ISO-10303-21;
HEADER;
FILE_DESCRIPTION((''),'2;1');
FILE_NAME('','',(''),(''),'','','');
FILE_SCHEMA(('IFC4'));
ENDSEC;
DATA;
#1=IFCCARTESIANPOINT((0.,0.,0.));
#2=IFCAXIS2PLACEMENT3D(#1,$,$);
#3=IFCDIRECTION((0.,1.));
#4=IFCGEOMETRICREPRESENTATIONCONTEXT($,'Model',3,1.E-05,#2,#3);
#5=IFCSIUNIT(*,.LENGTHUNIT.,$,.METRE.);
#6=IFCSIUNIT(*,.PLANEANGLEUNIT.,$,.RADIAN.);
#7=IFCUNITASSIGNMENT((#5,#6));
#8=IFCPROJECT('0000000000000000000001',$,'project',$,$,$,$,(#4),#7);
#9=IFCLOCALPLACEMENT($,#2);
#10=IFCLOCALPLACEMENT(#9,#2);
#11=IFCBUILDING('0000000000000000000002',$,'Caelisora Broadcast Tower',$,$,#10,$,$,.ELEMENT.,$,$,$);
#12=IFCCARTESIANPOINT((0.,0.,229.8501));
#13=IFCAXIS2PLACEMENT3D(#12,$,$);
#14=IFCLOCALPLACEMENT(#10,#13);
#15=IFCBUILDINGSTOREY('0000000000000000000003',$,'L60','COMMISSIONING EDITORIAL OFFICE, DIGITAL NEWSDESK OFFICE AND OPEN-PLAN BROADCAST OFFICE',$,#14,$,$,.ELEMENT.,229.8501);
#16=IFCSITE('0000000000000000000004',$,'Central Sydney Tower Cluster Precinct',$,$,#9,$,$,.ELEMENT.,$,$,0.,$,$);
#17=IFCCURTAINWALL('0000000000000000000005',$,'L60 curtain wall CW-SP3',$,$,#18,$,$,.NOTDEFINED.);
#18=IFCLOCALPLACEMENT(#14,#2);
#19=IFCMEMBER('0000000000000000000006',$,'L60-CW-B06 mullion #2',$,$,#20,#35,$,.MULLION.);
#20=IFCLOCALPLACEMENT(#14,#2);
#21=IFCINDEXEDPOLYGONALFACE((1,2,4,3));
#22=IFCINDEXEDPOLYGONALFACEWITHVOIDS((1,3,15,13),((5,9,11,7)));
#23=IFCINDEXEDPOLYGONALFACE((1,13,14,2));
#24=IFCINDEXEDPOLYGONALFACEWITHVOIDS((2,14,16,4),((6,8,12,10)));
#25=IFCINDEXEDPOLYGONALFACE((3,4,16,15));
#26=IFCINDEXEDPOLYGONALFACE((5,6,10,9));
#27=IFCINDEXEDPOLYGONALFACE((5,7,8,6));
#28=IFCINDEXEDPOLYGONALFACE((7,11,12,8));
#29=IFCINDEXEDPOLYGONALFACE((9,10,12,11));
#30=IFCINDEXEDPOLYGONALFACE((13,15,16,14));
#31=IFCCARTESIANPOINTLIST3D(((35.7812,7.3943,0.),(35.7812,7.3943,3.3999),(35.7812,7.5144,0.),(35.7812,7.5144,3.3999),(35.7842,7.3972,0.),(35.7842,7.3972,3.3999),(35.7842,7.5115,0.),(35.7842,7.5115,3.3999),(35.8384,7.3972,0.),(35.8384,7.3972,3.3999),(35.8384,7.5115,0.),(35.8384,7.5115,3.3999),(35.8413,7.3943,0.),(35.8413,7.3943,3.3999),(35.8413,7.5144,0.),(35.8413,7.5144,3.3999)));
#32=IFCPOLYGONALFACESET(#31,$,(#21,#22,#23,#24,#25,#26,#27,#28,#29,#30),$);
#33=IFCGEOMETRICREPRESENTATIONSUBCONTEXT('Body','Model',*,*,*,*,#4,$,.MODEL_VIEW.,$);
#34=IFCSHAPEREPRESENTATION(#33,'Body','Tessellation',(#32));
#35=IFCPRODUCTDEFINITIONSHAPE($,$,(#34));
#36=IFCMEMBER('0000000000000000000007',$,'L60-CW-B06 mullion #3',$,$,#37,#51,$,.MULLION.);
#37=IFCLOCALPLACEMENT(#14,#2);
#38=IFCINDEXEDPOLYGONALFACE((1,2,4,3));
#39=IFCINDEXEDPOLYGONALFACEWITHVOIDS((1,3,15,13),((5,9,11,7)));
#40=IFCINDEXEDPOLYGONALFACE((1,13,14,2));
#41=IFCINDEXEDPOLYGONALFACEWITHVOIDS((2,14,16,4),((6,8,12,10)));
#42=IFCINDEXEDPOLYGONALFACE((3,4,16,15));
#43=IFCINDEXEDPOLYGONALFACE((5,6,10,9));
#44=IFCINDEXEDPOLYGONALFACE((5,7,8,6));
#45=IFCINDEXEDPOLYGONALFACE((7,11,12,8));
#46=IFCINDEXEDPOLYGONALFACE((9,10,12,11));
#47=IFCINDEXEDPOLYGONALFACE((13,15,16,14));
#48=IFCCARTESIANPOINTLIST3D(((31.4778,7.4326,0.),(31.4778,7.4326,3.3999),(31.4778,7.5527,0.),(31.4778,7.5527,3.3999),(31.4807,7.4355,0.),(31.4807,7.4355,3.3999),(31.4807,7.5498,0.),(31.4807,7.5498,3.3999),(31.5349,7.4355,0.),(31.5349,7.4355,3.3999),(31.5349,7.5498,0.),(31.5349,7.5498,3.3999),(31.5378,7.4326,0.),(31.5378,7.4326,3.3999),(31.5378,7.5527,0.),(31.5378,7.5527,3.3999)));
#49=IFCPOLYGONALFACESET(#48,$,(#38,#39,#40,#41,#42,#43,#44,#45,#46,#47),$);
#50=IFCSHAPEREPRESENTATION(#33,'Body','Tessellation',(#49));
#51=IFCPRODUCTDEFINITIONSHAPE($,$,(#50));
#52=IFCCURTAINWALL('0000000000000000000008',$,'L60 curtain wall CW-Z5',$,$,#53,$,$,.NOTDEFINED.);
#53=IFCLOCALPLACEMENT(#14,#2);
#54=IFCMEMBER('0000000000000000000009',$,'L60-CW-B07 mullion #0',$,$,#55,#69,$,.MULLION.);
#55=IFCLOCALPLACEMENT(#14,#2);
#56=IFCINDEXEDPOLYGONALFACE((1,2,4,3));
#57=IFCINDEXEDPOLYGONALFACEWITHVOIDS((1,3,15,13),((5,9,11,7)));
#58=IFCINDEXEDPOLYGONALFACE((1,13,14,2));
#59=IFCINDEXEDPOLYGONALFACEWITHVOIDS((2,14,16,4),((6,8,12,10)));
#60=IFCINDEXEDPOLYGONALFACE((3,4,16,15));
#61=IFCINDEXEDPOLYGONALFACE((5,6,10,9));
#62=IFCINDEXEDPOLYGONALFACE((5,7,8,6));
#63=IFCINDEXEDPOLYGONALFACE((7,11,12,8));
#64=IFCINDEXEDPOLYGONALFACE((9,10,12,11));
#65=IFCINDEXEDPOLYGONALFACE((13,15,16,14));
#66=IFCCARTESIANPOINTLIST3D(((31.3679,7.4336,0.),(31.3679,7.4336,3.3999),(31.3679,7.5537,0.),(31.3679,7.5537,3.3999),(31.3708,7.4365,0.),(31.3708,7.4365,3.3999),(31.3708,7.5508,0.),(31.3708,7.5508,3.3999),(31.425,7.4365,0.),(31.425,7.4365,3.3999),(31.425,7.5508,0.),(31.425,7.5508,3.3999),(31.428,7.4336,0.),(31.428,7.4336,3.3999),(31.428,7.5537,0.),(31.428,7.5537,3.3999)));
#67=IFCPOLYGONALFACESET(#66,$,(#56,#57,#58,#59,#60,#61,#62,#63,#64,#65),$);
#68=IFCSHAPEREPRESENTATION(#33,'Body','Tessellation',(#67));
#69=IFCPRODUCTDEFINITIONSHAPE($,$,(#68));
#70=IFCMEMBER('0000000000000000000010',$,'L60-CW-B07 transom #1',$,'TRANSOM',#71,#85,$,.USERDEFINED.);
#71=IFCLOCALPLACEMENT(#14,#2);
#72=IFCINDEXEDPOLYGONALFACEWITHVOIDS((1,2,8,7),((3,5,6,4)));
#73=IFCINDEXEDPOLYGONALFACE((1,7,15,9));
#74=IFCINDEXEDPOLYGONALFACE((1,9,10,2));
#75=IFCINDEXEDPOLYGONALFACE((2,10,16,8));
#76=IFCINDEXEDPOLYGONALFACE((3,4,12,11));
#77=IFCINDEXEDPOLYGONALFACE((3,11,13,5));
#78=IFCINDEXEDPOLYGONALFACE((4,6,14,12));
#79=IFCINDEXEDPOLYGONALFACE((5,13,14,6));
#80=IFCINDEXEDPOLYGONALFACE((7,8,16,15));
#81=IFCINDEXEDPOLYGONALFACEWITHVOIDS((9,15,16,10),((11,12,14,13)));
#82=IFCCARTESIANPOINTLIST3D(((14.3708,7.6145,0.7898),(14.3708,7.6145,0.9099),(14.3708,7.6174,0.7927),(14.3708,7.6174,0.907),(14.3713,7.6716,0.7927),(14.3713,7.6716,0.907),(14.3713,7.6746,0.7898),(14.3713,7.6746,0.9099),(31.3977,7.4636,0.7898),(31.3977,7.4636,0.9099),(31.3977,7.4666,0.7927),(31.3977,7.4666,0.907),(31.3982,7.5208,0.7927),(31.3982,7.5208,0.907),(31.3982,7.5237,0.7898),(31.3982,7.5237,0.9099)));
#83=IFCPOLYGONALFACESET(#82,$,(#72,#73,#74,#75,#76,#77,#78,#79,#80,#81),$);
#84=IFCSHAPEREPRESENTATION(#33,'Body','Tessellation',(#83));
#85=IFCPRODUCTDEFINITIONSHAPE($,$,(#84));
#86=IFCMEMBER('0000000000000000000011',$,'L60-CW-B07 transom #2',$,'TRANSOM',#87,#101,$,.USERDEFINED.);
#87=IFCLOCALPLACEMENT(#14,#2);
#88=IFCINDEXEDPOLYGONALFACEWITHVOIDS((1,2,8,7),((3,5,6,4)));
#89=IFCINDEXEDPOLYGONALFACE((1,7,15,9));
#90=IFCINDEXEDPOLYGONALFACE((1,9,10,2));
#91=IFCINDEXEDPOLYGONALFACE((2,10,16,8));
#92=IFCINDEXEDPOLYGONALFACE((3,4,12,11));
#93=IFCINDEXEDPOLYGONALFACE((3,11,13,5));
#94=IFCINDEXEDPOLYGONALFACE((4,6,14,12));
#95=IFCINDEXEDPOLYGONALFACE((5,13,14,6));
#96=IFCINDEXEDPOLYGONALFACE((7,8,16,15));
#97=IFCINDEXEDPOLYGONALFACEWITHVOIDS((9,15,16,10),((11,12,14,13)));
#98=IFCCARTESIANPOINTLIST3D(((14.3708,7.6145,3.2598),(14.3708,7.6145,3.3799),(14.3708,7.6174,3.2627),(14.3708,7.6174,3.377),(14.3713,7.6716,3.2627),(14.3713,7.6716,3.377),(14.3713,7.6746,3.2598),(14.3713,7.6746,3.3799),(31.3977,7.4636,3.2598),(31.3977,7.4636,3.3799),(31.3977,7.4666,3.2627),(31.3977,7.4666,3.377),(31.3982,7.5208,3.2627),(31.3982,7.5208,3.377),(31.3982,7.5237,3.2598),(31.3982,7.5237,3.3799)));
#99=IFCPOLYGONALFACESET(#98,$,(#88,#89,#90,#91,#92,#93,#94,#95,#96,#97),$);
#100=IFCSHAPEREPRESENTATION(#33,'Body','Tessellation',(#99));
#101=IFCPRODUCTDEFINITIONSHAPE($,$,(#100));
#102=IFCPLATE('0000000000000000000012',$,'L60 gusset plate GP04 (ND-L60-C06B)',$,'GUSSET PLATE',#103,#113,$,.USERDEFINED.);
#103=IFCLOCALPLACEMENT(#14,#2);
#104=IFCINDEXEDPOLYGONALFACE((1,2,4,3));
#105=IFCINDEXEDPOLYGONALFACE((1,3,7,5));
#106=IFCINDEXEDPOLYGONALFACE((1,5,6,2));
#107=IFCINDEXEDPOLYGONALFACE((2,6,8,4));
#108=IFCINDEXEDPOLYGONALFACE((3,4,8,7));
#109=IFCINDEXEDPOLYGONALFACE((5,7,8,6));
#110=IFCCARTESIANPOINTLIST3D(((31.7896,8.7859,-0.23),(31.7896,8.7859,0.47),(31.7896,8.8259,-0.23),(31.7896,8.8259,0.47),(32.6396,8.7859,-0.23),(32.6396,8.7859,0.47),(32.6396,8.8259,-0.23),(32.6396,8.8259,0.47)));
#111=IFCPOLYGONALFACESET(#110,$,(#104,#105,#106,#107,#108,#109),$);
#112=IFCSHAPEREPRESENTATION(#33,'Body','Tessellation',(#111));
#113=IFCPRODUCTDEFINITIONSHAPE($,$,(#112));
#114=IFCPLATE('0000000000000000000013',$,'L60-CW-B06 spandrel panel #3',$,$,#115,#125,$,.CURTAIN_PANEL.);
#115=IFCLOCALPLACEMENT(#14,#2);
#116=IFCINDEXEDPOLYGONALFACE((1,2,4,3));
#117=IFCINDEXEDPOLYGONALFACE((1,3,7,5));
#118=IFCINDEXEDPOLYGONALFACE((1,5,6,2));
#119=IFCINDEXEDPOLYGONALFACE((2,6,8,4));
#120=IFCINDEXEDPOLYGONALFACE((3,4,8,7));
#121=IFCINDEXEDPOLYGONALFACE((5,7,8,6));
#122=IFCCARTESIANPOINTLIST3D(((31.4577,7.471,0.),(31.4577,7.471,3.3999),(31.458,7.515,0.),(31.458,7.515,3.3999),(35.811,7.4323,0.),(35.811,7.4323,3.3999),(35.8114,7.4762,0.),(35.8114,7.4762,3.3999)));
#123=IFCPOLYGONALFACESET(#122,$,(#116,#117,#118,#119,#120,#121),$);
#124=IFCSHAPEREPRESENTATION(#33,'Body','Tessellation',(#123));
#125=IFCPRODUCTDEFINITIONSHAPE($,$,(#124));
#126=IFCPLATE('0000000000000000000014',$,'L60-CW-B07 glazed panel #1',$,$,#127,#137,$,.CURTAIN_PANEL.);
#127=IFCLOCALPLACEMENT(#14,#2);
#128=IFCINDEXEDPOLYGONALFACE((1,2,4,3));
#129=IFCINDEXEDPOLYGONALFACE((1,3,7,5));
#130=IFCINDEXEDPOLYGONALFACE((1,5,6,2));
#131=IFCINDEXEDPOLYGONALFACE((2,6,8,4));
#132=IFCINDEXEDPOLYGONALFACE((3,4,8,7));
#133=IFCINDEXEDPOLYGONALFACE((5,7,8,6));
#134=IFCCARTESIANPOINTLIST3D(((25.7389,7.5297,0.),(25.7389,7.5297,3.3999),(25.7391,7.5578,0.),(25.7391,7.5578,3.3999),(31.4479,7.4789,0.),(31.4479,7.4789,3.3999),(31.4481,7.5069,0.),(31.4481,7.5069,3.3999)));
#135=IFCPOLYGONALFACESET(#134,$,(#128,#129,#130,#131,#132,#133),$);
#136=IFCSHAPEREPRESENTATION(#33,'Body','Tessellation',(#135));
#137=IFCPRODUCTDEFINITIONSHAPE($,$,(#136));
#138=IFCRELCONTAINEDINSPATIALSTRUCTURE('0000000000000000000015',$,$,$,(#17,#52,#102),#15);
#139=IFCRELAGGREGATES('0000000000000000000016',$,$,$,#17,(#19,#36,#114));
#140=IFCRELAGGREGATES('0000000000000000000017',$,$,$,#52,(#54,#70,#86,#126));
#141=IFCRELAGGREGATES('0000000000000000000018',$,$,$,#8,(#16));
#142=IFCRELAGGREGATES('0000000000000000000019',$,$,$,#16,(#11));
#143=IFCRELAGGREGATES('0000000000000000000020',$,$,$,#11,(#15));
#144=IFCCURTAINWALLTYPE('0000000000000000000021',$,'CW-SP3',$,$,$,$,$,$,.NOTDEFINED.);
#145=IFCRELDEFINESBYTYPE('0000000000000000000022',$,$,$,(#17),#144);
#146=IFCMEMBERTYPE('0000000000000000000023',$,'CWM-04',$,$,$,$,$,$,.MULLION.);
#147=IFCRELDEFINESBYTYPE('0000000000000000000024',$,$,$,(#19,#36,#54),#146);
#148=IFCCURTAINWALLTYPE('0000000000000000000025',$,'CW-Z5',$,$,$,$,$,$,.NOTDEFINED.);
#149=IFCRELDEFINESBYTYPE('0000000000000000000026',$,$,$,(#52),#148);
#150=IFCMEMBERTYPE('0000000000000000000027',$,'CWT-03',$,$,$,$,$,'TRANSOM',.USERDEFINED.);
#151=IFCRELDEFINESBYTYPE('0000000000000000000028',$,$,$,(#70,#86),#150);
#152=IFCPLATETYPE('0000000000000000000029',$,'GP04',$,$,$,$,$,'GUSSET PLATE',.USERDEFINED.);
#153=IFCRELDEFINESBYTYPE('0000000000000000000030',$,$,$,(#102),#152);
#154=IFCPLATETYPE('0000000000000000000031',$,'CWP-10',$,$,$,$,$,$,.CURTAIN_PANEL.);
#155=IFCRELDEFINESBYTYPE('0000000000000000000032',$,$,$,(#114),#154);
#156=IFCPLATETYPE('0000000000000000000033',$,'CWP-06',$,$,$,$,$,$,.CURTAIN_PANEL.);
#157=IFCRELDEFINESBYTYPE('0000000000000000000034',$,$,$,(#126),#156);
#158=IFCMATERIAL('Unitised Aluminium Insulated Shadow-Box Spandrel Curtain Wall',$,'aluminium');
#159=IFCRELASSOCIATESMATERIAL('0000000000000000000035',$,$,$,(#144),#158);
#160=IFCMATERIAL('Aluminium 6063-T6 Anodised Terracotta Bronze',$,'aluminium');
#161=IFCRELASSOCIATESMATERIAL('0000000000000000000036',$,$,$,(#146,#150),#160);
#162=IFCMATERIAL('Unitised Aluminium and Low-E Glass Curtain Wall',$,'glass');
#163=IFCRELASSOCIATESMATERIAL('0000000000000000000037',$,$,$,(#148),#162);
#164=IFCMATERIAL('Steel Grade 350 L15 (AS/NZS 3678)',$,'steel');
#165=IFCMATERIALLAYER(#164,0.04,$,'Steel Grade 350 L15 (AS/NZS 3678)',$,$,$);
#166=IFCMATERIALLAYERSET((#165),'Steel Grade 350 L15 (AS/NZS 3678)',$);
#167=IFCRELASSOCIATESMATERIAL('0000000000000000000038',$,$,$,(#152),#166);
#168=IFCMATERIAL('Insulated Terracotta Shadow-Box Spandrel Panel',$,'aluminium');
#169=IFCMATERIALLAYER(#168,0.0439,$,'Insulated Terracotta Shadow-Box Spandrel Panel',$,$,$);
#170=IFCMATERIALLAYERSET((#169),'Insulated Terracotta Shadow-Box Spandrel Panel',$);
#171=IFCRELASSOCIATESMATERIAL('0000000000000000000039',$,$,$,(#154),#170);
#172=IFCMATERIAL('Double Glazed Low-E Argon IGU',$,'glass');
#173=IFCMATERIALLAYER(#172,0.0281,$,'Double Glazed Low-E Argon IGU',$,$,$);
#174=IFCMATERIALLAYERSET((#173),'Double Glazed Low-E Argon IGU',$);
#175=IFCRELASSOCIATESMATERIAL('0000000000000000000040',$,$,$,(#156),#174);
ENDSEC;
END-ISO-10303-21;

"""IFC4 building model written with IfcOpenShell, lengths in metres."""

from ifc_helpers import new_model, si_unit, direction, frame, origin, origin_2d, place, context, subcontext, project, spatial, rectangle, hollow_rectangle, extrude, source, transform, mapped, material, layer, layer_set, material_profile, profile_set, type_object, type_shapes, element, aggregate, save


model = new_model("IFC4")

# Units and contexts
model_context = context("Model", 3, precision=1e-05, world=origin(), true_north=direction((0.0, 1.0)))
body_context = subcontext(model_context, "Body", "Model", "MODEL_VIEW")
ifc_project = project(units=[si_unit("LENGTHUNIT", "METRE"), si_unit("PLANEANGLEUNIT", "RADIAN")], contexts=[model_context])

# Site, building, storey
site_placement = place(None, origin())
site = spatial("IfcSite", under=ifc_project, at=site_placement, Name="Central Sydney Tower Cluster Precinct", CompositionType="ELEMENT", RefElevation=0.0)
building_placement = place(site_placement, origin())
building = spatial("IfcBuilding", under=site, at=building_placement, Name="Caelisora Broadcast Tower", CompositionType="ELEMENT")
storey_placement = place(building_placement, frame((0.0, 0.0, 229.8501)))
storey = spatial("IfcBuildingStorey", under=building, at=storey_placement, Name="L60", Description="COMMISSIONING EDITORIAL OFFICE, DIGITAL NEWSDESK OFFICE AND OPEN-PLAN BROADCAST OFFICE", CompositionType="ELEMENT", Elevation=229.8501)

# Shared definitions
ifc_material_1 = material(Name="Steel Grade 350 L15 (AS/NZS 3678)", Category="steel")

# Curtain walls, members
ifc_material_2 = material(Name="Unitised Aluminium Insulated Shadow-Box Spandrel Curtain Wall", Category="aluminium")
curtain_wall_type_1 = type_object("IfcCurtainWallType", Name="CW-SP3", PredefinedType="NOTDEFINED", material=ifc_material_2)
curtain_wall_1_placement = place(storey_placement, origin())
curtain_wall_1 = element("IfcCurtainWall", 1, at=curtain_wall_1_placement, inside=storey, type_object=curtain_wall_type_1, Name="L60 curtain wall CW-SP3", PredefinedType="NOTDEFINED")
ifc_material_3 = material(Name="Aluminium 6063-T6 Anodised Terracotta Bronze", Category="aluminium")
ifc_material_profile_1 = material_profile(ifc_material_3, hollow_rectangle(XDim=0.0601, YDim=0.1201, WallThickness=0.0029, at=origin_2d()), Name="Aluminium 6063-T6 Anodised Terracotta Bronze")
ifc_profile_set_1 = profile_set([ifc_material_profile_1], Name="Aluminium 6063-T6 Anodised Terracotta Bronze")
member_type_1 = type_object("IfcMemberType", Name="CWM-04", PredefinedType="MULLION", material=ifc_profile_set_1)
shared_shape_1 = source(origin(), body_context, "Body", "SweptSolid", [
    extrude(hollow_rectangle(XDim=0.0601, YDim=0.1201, WallThickness=0.0029, at=origin_2d()), origin(), (0.0, 0.0, 1.0), 3.3999),
])
type_shapes(member_type_1, [shared_shape_1])
member_1_placement = place(storey_placement, frame((35.8113, 7.4543, 0.0), z_axis=(0.0, 0.0, 1.0), x_axis=(1.0, 0.0, 0.0)))
member_1 = element("IfcMember", 2, at=member_1_placement, type_object=member_type_1, Name="L60-CW-B06 mullion #2", PredefinedType="MULLION", context=body_context, shape_type="MappedRepresentation", body=[
    mapped(shared_shape_1, transform((0.0, 0.0, 0.0), scale=1.0)),
])
member_2_placement = place(storey_placement, frame((31.5078, 7.4927, 0.0), z_axis=(0.0, 0.0, 1.0), x_axis=(1.0, 0.0, 0.0)))
member_2 = element("IfcMember", 3, at=member_2_placement, type_object=member_type_1, Name="L60-CW-B06 mullion #3", PredefinedType="MULLION", context=body_context, shape_type="MappedRepresentation", body=[
    mapped(shared_shape_1, transform((0.0, 0.0, 0.0), scale=1.0)),
])
ifc_material_4 = material(Name="Unitised Aluminium and Low-E Glass Curtain Wall", Category="glass")
curtain_wall_type_2 = type_object("IfcCurtainWallType", Name="CW-Z5", PredefinedType="NOTDEFINED", material=ifc_material_4)
curtain_wall_2_placement = place(storey_placement, origin())
curtain_wall_2 = element("IfcCurtainWall", 4, at=curtain_wall_2_placement, inside=storey, type_object=curtain_wall_type_2, Name="L60 curtain wall CW-Z5", PredefinedType="NOTDEFINED")
member_3_placement = place(storey_placement, frame((31.3979, 7.4937, 0.0), z_axis=(0.0, 0.0, 1.0), x_axis=(1.0, 0.0, 0.0)))
member_3 = element("IfcMember", 5, at=member_3_placement, type_object=member_type_1, Name="L60-CW-B07 mullion #0", PredefinedType="MULLION", context=body_context, shape_type="MappedRepresentation", body=[
    mapped(shared_shape_1, transform((0.0, 0.0, 0.0), scale=1.0)),
])
ifc_material_profile_2 = material_profile(ifc_material_3, hollow_rectangle(XDim=0.0601, YDim=0.1201, WallThickness=0.0029, at=origin_2d()), Name="Aluminium 6063-T6 Anodised Terracotta Bronze")
ifc_profile_set_2 = profile_set([ifc_material_profile_2], Name="Aluminium 6063-T6 Anodised Terracotta Bronze")
member_type_2 = type_object("IfcMemberType", Name="CWT-03", ElementType="TRANSOM", PredefinedType="USERDEFINED", material=ifc_profile_set_2)
shared_shape_2 = source(origin(), body_context, "Body", "SweptSolid", [
    extrude(hollow_rectangle(XDim=0.0601, YDim=0.1201, WallThickness=0.0029, at=origin_2d()), origin(), (0.0, 0.0, 1.0), 17.0276),
])
type_shapes(member_type_2, [shared_shape_2])
member_4_placement = place(storey_placement, frame((31.3979, 7.4937, 0.8499), z_axis=(-0.999961, 0.008861, 0.0), x_axis=(-0.008861, -0.999961, 0.0)))
member_4 = element("IfcMember", 6, at=member_4_placement, type_object=member_type_2, Name="L60-CW-B07 transom #1", ObjectType="TRANSOM", PredefinedType="USERDEFINED", context=body_context, shape_type="MappedRepresentation", body=[
    mapped(shared_shape_2, transform((0.0, 0.0, 0.0), scale=1.0)),
])
member_5_placement = place(storey_placement, frame((31.3979, 7.4937, 3.3198), z_axis=(-0.999961, 0.008861, 0.0), x_axis=(-0.008861, -0.999961, 0.0)))
member_5 = element("IfcMember", 7, at=member_5_placement, type_object=member_type_2, Name="L60-CW-B07 transom #2", ObjectType="TRANSOM", PredefinedType="USERDEFINED", context=body_context, shape_type="MappedRepresentation", body=[
    mapped(shared_shape_2, transform((0.0, 0.0, 0.0), scale=1.0)),
])

# Plates
ifc_layer_1 = layer(ifc_material_1, 0.04, Name="Steel Grade 350 L15 (AS/NZS 3678)")
ifc_layer_set_1 = layer_set([ifc_layer_1], Name="Steel Grade 350 L15 (AS/NZS 3678)")
plate_type_1 = type_object("IfcPlateType", Name="GP04", ElementType="GUSSET PLATE", PredefinedType="USERDEFINED", material=ifc_layer_set_1)
shared_shape_3 = source(origin(), body_context, "Body", "SweptSolid", [
    extrude(rectangle(XDim=0.8501, YDim=0.04, at=origin_2d()), origin(), (0.0, 0.0, 1.0), 0.7),
])
type_shapes(plate_type_1, [shared_shape_3])
plate_1_placement = place(storey_placement, frame((32.2146, 8.8059, -0.23), z_axis=(0.0, 0.0, 1.0), x_axis=(1.0, 0.0, 0.0)))
element("IfcPlate", 8, at=plate_1_placement, inside=storey, type_object=plate_type_1, Name="L60 gusset plate GP04 (ND-L60-C06B)", ObjectType="GUSSET PLATE", PredefinedType="USERDEFINED", context=body_context, shape_type="MappedRepresentation", body=[
    mapped(shared_shape_3, transform((0.0, 0.0, 0.0), scale=1.0)),
])
ifc_material_5 = material(Name="Insulated Terracotta Shadow-Box Spandrel Panel", Category="aluminium")
ifc_layer_2 = layer(ifc_material_5, 0.0439, Name="Insulated Terracotta Shadow-Box Spandrel Panel")
ifc_layer_set_2 = layer_set([ifc_layer_2], Name="Insulated Terracotta Shadow-Box Spandrel Panel")
plate_type_2 = type_object("IfcPlateType", Name="CWP-10", PredefinedType="CURTAIN_PANEL", material=ifc_layer_set_2)
shared_shape_4 = source(origin(), body_context, "Body", "SweptSolid", [
    extrude(rectangle(XDim=4.3535, YDim=0.0439, at=origin_2d()), origin(), (0.0, 0.0, 1.0), 3.3999),
])
type_shapes(plate_type_2, [shared_shape_4])
plate_2_placement = place(storey_placement, frame((33.6345, 7.4736, 0.0), z_axis=(0.0, 0.0, 1.0), x_axis=(-0.99996, 0.008901, 0.0)))
plate_2 = element("IfcPlate", 9, at=plate_2_placement, type_object=plate_type_2, Name="L60-CW-B06 spandrel panel #3", PredefinedType="CURTAIN_PANEL", context=body_context, shape_type="MappedRepresentation", body=[
    mapped(shared_shape_4, transform((0.0, 0.0, 0.0), scale=1.0)),
])
aggregate(curtain_wall_1, [member_1, member_2, plate_2])
ifc_material_6 = material(Name="Double Glazed Low-E Argon IGU", Category="glass")
ifc_layer_3 = layer(ifc_material_6, 0.0281, Name="Double Glazed Low-E Argon IGU")
ifc_layer_set_3 = layer_set([ifc_layer_3], Name="Double Glazed Low-E Argon IGU")
plate_type_3 = type_object("IfcPlateType", Name="CWP-06", PredefinedType="CURTAIN_PANEL", material=ifc_layer_set_3)
shared_shape_5 = source(origin(), body_context, "Body", "SweptSolid", [
    extrude(rectangle(XDim=5.7092, YDim=0.0281, at=origin_2d()), origin(), (0.0, 0.0, 1.0), 3.3999),
])
type_shapes(plate_type_3, [shared_shape_5])
plate_3_placement = place(storey_placement, frame((28.5935, 7.5183, 0.0), z_axis=(0.0, 0.0, 1.0), x_axis=(-0.99996, 0.008901, 0.0)))
plate_3 = element("IfcPlate", 10, at=plate_3_placement, type_object=plate_type_3, Name="L60-CW-B07 glazed panel #1", PredefinedType="CURTAIN_PANEL", context=body_context, shape_type="MappedRepresentation", body=[
    mapped(shared_shape_5, transform((0.0, 0.0, 0.0), scale=1.0)),
])
aggregate(curtain_wall_2, [member_3, member_4, member_5, plate_3])

save(model, "model.ifc")
